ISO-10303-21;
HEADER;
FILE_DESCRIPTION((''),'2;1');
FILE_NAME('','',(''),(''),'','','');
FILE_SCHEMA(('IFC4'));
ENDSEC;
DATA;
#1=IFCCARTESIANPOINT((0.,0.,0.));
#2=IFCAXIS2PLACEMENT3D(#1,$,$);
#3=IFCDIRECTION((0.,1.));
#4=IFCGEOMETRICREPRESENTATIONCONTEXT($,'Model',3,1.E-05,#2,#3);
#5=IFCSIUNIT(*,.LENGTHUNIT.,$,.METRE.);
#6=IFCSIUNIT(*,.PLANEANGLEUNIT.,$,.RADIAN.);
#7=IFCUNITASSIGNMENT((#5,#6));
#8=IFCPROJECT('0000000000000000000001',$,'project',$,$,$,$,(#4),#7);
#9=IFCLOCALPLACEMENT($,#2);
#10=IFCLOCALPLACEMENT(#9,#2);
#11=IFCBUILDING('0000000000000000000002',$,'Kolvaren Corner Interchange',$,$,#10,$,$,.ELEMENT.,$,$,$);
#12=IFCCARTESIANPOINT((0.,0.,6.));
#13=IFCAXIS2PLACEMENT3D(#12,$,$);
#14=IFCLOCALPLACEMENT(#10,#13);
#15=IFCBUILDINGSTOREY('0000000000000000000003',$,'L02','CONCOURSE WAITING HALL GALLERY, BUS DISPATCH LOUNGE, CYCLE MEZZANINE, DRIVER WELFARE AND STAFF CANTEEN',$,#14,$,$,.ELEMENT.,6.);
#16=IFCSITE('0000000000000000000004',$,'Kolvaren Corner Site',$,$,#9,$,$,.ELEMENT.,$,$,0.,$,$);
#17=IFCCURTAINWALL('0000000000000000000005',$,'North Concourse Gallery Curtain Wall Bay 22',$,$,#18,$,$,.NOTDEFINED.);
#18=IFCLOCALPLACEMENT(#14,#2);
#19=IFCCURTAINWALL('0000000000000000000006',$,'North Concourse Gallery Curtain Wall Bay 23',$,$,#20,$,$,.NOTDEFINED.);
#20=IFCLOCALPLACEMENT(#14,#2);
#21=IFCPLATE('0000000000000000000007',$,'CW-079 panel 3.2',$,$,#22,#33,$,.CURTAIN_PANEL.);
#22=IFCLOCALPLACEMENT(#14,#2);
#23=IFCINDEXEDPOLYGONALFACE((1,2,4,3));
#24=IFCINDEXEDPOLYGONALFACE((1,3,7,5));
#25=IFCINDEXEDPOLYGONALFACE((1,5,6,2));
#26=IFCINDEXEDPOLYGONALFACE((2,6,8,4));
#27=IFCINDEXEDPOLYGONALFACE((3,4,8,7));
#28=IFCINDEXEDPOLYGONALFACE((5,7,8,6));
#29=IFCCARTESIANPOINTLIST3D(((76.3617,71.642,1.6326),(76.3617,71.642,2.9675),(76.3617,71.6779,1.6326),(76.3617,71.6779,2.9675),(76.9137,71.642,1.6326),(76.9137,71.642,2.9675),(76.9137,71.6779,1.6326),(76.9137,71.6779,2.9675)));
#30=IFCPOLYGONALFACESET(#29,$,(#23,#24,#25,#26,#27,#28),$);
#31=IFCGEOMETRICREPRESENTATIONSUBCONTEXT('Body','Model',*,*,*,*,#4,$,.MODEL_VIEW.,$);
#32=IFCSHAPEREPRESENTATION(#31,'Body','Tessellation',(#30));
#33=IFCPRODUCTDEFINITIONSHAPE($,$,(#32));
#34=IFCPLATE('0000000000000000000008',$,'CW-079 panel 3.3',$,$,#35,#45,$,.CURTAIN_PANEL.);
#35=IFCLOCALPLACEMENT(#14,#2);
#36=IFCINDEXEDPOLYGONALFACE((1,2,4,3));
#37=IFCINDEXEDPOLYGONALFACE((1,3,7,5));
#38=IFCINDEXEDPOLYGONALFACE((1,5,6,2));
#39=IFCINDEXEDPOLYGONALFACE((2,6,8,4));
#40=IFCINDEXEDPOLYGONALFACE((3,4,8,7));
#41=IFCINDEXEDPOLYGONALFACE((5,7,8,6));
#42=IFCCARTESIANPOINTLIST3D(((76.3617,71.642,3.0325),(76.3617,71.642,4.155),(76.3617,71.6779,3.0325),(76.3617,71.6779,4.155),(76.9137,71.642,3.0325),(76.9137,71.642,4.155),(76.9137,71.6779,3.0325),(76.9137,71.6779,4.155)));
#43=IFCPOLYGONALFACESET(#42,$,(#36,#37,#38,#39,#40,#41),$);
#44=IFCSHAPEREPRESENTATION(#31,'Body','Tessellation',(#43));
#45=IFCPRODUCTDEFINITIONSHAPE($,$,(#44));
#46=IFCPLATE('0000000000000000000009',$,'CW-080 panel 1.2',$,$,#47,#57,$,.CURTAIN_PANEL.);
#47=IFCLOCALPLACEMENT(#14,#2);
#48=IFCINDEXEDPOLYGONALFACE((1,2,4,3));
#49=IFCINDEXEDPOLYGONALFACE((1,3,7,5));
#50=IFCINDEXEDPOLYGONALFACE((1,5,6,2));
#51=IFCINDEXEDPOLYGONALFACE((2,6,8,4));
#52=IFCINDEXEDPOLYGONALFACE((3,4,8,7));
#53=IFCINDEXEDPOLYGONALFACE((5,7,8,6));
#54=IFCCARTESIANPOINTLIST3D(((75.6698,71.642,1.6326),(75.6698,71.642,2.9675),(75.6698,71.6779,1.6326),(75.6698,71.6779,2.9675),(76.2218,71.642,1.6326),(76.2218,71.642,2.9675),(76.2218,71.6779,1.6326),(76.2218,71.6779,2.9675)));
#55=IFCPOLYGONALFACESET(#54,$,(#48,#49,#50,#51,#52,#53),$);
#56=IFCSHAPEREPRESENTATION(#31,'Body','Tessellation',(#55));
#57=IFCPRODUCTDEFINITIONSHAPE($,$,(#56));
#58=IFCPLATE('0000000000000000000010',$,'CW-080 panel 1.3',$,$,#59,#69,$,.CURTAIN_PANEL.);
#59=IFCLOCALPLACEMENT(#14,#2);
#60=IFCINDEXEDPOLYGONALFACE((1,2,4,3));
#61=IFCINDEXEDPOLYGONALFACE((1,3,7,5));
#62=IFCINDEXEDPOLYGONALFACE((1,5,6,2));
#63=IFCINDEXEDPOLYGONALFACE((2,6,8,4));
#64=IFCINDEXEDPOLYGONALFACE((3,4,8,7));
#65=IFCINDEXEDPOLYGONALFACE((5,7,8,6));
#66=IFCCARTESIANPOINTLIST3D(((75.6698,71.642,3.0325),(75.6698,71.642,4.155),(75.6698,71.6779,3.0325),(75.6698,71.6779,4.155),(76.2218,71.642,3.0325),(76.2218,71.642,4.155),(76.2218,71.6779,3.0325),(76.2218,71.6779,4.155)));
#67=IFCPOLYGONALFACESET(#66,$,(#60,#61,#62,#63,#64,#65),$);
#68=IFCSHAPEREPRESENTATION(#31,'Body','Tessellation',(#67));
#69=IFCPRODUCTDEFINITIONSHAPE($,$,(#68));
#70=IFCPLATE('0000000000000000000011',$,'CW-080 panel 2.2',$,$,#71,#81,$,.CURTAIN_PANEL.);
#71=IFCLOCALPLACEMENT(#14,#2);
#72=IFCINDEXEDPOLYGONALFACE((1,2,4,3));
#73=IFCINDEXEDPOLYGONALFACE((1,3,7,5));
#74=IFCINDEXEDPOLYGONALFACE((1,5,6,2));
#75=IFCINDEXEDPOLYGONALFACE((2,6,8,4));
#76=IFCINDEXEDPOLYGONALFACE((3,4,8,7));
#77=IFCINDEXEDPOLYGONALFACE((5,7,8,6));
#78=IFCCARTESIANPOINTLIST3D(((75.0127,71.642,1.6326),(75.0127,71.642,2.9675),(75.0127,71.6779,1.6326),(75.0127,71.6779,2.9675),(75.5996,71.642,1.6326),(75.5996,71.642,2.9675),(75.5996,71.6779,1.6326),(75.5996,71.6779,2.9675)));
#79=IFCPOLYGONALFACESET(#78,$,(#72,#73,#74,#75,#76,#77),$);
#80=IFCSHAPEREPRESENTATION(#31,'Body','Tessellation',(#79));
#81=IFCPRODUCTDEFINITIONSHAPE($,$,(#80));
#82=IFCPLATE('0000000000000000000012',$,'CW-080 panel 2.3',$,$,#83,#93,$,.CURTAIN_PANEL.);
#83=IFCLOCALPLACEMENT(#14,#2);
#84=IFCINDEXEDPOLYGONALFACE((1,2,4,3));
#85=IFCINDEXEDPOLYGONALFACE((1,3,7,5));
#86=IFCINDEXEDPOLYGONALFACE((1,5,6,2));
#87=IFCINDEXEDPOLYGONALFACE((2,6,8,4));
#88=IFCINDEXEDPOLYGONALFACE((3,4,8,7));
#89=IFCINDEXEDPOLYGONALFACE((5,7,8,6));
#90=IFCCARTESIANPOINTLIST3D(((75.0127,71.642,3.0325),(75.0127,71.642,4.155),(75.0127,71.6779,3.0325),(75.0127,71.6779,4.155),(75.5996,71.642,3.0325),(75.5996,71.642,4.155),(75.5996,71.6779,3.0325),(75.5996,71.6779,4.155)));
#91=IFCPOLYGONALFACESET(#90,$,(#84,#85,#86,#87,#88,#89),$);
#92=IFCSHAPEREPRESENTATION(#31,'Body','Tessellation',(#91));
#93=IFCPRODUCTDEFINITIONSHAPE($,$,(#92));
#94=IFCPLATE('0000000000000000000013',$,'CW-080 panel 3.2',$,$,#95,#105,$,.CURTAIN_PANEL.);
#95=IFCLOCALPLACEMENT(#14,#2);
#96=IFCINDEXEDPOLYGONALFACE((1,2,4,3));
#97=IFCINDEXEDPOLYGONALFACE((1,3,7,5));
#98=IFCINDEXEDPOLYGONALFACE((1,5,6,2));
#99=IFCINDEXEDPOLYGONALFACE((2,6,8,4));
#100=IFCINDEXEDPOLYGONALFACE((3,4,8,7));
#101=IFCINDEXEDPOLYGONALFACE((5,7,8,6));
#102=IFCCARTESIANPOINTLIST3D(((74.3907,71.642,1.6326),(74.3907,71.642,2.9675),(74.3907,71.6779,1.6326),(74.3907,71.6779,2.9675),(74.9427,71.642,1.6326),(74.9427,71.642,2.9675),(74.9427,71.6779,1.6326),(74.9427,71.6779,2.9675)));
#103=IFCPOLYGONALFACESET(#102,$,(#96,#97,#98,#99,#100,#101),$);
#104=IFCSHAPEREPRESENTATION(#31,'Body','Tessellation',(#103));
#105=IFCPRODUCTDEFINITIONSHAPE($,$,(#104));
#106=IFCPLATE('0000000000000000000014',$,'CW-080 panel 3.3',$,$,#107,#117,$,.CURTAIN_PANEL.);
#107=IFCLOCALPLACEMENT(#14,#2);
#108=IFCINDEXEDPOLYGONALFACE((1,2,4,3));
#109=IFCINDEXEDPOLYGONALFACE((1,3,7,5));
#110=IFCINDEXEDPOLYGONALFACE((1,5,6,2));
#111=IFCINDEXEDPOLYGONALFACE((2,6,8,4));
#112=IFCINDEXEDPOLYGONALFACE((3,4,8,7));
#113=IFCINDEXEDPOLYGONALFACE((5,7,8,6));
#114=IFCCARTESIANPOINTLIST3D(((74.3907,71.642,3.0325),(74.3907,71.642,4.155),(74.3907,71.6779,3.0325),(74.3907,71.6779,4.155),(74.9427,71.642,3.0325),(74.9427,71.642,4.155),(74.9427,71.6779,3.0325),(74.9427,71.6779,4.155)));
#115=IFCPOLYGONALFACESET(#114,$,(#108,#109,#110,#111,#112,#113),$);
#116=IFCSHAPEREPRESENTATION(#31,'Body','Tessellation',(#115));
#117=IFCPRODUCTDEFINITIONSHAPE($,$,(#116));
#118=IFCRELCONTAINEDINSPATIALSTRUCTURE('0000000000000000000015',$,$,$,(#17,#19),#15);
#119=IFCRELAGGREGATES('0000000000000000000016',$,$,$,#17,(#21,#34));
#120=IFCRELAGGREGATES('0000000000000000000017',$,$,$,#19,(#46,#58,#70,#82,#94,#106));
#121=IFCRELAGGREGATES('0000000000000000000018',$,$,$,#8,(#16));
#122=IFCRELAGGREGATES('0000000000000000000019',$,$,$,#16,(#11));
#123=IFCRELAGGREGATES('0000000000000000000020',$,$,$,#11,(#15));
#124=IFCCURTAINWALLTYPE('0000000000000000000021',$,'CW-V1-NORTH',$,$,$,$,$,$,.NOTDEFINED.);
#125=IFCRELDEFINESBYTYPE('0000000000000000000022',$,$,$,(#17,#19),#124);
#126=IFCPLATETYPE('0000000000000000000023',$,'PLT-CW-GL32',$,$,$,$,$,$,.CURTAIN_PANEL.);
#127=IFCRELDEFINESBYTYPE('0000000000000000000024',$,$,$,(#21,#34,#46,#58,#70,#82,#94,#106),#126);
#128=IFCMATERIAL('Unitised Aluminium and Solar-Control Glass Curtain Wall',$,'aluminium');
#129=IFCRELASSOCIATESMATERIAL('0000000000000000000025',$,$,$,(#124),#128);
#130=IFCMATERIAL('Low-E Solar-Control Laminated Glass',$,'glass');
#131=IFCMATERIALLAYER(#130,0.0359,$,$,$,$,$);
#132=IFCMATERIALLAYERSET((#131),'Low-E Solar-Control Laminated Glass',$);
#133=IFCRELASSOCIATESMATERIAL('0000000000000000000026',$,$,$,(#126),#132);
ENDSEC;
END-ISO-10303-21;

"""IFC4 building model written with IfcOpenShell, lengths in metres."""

from ifc_helpers import new_model, si_unit, direction, frame, origin, origin_2d, place, context, subcontext, project, spatial, rectangle, extrude, material, layer, layer_set, type_object, element, aggregate, save


model = new_model("IFC4")

# Units and contexts
model_context = context("Model", 3, precision=1e-05, world=origin(), true_north=direction((0.0, 1.0)))
body_context = subcontext(model_context, "Body", "Model", "MODEL_VIEW")
ifc_project = project(units=[si_unit("LENGTHUNIT", "METRE"), si_unit("PLANEANGLEUNIT", "RADIAN")], contexts=[model_context])

# Site, building, storey
site_placement = place(None, origin())
site = spatial("IfcSite", under=ifc_project, at=site_placement, Name="Kolvaren Corner Site", CompositionType="ELEMENT", RefElevation=0.0)
building_placement = place(site_placement, origin())
building = spatial("IfcBuilding", under=site, at=building_placement, Name="Kolvaren Corner Interchange", CompositionType="ELEMENT")
storey_placement = place(building_placement, frame((0.0, 0.0, 6.0)))
storey = spatial("IfcBuildingStorey", under=building, at=storey_placement, Name="L02", Description="CONCOURSE WAITING HALL GALLERY, BUS DISPATCH LOUNGE, CYCLE MEZZANINE, DRIVER WELFARE AND STAFF CANTEEN", CompositionType="ELEMENT", Elevation=6.0)

# Curtain walls
ifc_material_1 = material(Name="Unitised Aluminium and Solar-Control Glass Curtain Wall", Category="aluminium")
curtain_wall_type = type_object("IfcCurtainWallType", Name="CW-V1-NORTH", PredefinedType="NOTDEFINED", material=ifc_material_1)
curtain_wall_1_placement = place(storey_placement, origin())
curtain_wall_1 = element("IfcCurtainWall", 1, at=curtain_wall_1_placement, inside=storey, type_object=curtain_wall_type, Name="North Concourse Gallery Curtain Wall Bay 22", PredefinedType="NOTDEFINED")
curtain_wall_2_placement = place(storey_placement, origin())
curtain_wall_2 = element("IfcCurtainWall", 2, at=curtain_wall_2_placement, inside=storey, type_object=curtain_wall_type, Name="North Concourse Gallery Curtain Wall Bay 23", PredefinedType="NOTDEFINED")

# Plates
ifc_material_2 = material(Name="Low-E Solar-Control Laminated Glass", Category="glass")
ifc_layer = layer(ifc_material_2, 0.0359)
ifc_layer_set = layer_set([ifc_layer], Name="Low-E Solar-Control Laminated Glass")
plate_type = type_object("IfcPlateType", Name="PLT-CW-GL32", PredefinedType="CURTAIN_PANEL", material=ifc_layer_set)
plate_1_placement = place(storey_placement, frame((76.6377, 71.6599, 1.6326), z_axis=(0.0, 0.0, 1.0), x_axis=(-1.0, 0.0, 0.0)))
plate_1 = element("IfcPlate", 3, at=plate_1_placement, type_object=plate_type, Name="CW-079 panel 3.2", PredefinedType="CURTAIN_PANEL", context=body_context, shape_type="SweptSolid", body=[
    extrude(rectangle(XDim=0.552, YDim=0.0359, at=origin_2d()), origin(), (0.0, 0.0, 1.0), 1.335),
])
plate_2_placement = place(storey_placement, frame((76.6377, 71.6599, 3.0325), z_axis=(0.0, 0.0, 1.0), x_axis=(-1.0, 0.0, 0.0)))
plate_2 = element("IfcPlate", 4, at=plate_2_placement, type_object=plate_type, Name="CW-079 panel 3.3", PredefinedType="CURTAIN_PANEL", context=body_context, shape_type="SweptSolid", body=[
    extrude(rectangle(XDim=0.552, YDim=0.0359, at=origin_2d()), origin(), (0.0, 0.0, 1.0), 1.1226),
])
aggregate(curtain_wall_1, [plate_1, plate_2])
plate_3_placement = place(storey_placement, frame((75.9458, 71.6599, 1.6326), z_axis=(0.0, 0.0, 1.0), x_axis=(-1.0, 0.0, 0.0)))
plate_3 = element("IfcPlate", 5, at=plate_3_placement, type_object=plate_type, Name="CW-080 panel 1.2", PredefinedType="CURTAIN_PANEL", context=body_context, shape_type="SweptSolid", body=[
    extrude(rectangle(XDim=0.552, YDim=0.0359, at=origin_2d()), origin(), (0.0, 0.0, 1.0), 1.335),
])
plate_4_placement = place(storey_placement, frame((75.9458, 71.6599, 3.0325), z_axis=(0.0, 0.0, 1.0), x_axis=(-1.0, 0.0, 0.0)))
plate_4 = element("IfcPlate", 6, at=plate_4_placement, type_object=plate_type, Name="CW-080 panel 1.3", PredefinedType="CURTAIN_PANEL", context=body_context, shape_type="SweptSolid", body=[
    extrude(rectangle(XDim=0.552, YDim=0.0359, at=origin_2d()), origin(), (0.0, 0.0, 1.0), 1.1226),
])
plate_5_placement = place(storey_placement, frame((75.3062, 71.6599, 1.6326), z_axis=(0.0, 0.0, 1.0), x_axis=(-1.0, 0.0, 0.0)))
plate_5 = element("IfcPlate", 7, at=plate_5_placement, type_object=plate_type, Name="CW-080 panel 2.2", PredefinedType="CURTAIN_PANEL", context=body_context, shape_type="SweptSolid", body=[
    extrude(rectangle(XDim=0.5869, YDim=0.0359, at=origin_2d()), origin(), (0.0, 0.0, 1.0), 1.335),
])
plate_6_placement = place(storey_placement, frame((75.3062, 71.6599, 3.0325), z_axis=(0.0, 0.0, 1.0), x_axis=(-1.0, 0.0, 0.0)))
plate_6 = element("IfcPlate", 8, at=plate_6_placement, type_object=plate_type, Name="CW-080 panel 2.3", PredefinedType="CURTAIN_PANEL", context=body_context, shape_type="SweptSolid", body=[
    extrude(rectangle(XDim=0.5869, YDim=0.0359, at=origin_2d()), origin(), (0.0, 0.0, 1.0), 1.1226),
])
plate_7_placement = place(storey_placement, frame((74.6667, 71.6599, 1.6326), z_axis=(0.0, 0.0, 1.0), x_axis=(-1.0, 0.0, 0.0)))
plate_7 = element("IfcPlate", 9, at=plate_7_placement, type_object=plate_type, Name="CW-080 panel 3.2", PredefinedType="CURTAIN_PANEL", context=body_context, shape_type="SweptSolid", body=[
    extrude(rectangle(XDim=0.552, YDim=0.0359, at=origin_2d()), origin(), (0.0, 0.0, 1.0), 1.335),
])
plate_8_placement = place(storey_placement, frame((74.6667, 71.6599, 3.0325), z_axis=(0.0, 0.0, 1.0), x_axis=(-1.0, 0.0, 0.0)))
plate_8 = element("IfcPlate", 10, at=plate_8_placement, type_object=plate_type, Name="CW-080 panel 3.3", PredefinedType="CURTAIN_PANEL", context=body_context, shape_type="SweptSolid", body=[
    extrude(rectangle(XDim=0.552, YDim=0.0359, at=origin_2d()), origin(), (0.0, 0.0, 1.0), 1.1226),
])
aggregate(curtain_wall_2, [plate_3, plate_4, plate_5, plate_6, plate_7, plate_8])

save(model, "model.ifc")
